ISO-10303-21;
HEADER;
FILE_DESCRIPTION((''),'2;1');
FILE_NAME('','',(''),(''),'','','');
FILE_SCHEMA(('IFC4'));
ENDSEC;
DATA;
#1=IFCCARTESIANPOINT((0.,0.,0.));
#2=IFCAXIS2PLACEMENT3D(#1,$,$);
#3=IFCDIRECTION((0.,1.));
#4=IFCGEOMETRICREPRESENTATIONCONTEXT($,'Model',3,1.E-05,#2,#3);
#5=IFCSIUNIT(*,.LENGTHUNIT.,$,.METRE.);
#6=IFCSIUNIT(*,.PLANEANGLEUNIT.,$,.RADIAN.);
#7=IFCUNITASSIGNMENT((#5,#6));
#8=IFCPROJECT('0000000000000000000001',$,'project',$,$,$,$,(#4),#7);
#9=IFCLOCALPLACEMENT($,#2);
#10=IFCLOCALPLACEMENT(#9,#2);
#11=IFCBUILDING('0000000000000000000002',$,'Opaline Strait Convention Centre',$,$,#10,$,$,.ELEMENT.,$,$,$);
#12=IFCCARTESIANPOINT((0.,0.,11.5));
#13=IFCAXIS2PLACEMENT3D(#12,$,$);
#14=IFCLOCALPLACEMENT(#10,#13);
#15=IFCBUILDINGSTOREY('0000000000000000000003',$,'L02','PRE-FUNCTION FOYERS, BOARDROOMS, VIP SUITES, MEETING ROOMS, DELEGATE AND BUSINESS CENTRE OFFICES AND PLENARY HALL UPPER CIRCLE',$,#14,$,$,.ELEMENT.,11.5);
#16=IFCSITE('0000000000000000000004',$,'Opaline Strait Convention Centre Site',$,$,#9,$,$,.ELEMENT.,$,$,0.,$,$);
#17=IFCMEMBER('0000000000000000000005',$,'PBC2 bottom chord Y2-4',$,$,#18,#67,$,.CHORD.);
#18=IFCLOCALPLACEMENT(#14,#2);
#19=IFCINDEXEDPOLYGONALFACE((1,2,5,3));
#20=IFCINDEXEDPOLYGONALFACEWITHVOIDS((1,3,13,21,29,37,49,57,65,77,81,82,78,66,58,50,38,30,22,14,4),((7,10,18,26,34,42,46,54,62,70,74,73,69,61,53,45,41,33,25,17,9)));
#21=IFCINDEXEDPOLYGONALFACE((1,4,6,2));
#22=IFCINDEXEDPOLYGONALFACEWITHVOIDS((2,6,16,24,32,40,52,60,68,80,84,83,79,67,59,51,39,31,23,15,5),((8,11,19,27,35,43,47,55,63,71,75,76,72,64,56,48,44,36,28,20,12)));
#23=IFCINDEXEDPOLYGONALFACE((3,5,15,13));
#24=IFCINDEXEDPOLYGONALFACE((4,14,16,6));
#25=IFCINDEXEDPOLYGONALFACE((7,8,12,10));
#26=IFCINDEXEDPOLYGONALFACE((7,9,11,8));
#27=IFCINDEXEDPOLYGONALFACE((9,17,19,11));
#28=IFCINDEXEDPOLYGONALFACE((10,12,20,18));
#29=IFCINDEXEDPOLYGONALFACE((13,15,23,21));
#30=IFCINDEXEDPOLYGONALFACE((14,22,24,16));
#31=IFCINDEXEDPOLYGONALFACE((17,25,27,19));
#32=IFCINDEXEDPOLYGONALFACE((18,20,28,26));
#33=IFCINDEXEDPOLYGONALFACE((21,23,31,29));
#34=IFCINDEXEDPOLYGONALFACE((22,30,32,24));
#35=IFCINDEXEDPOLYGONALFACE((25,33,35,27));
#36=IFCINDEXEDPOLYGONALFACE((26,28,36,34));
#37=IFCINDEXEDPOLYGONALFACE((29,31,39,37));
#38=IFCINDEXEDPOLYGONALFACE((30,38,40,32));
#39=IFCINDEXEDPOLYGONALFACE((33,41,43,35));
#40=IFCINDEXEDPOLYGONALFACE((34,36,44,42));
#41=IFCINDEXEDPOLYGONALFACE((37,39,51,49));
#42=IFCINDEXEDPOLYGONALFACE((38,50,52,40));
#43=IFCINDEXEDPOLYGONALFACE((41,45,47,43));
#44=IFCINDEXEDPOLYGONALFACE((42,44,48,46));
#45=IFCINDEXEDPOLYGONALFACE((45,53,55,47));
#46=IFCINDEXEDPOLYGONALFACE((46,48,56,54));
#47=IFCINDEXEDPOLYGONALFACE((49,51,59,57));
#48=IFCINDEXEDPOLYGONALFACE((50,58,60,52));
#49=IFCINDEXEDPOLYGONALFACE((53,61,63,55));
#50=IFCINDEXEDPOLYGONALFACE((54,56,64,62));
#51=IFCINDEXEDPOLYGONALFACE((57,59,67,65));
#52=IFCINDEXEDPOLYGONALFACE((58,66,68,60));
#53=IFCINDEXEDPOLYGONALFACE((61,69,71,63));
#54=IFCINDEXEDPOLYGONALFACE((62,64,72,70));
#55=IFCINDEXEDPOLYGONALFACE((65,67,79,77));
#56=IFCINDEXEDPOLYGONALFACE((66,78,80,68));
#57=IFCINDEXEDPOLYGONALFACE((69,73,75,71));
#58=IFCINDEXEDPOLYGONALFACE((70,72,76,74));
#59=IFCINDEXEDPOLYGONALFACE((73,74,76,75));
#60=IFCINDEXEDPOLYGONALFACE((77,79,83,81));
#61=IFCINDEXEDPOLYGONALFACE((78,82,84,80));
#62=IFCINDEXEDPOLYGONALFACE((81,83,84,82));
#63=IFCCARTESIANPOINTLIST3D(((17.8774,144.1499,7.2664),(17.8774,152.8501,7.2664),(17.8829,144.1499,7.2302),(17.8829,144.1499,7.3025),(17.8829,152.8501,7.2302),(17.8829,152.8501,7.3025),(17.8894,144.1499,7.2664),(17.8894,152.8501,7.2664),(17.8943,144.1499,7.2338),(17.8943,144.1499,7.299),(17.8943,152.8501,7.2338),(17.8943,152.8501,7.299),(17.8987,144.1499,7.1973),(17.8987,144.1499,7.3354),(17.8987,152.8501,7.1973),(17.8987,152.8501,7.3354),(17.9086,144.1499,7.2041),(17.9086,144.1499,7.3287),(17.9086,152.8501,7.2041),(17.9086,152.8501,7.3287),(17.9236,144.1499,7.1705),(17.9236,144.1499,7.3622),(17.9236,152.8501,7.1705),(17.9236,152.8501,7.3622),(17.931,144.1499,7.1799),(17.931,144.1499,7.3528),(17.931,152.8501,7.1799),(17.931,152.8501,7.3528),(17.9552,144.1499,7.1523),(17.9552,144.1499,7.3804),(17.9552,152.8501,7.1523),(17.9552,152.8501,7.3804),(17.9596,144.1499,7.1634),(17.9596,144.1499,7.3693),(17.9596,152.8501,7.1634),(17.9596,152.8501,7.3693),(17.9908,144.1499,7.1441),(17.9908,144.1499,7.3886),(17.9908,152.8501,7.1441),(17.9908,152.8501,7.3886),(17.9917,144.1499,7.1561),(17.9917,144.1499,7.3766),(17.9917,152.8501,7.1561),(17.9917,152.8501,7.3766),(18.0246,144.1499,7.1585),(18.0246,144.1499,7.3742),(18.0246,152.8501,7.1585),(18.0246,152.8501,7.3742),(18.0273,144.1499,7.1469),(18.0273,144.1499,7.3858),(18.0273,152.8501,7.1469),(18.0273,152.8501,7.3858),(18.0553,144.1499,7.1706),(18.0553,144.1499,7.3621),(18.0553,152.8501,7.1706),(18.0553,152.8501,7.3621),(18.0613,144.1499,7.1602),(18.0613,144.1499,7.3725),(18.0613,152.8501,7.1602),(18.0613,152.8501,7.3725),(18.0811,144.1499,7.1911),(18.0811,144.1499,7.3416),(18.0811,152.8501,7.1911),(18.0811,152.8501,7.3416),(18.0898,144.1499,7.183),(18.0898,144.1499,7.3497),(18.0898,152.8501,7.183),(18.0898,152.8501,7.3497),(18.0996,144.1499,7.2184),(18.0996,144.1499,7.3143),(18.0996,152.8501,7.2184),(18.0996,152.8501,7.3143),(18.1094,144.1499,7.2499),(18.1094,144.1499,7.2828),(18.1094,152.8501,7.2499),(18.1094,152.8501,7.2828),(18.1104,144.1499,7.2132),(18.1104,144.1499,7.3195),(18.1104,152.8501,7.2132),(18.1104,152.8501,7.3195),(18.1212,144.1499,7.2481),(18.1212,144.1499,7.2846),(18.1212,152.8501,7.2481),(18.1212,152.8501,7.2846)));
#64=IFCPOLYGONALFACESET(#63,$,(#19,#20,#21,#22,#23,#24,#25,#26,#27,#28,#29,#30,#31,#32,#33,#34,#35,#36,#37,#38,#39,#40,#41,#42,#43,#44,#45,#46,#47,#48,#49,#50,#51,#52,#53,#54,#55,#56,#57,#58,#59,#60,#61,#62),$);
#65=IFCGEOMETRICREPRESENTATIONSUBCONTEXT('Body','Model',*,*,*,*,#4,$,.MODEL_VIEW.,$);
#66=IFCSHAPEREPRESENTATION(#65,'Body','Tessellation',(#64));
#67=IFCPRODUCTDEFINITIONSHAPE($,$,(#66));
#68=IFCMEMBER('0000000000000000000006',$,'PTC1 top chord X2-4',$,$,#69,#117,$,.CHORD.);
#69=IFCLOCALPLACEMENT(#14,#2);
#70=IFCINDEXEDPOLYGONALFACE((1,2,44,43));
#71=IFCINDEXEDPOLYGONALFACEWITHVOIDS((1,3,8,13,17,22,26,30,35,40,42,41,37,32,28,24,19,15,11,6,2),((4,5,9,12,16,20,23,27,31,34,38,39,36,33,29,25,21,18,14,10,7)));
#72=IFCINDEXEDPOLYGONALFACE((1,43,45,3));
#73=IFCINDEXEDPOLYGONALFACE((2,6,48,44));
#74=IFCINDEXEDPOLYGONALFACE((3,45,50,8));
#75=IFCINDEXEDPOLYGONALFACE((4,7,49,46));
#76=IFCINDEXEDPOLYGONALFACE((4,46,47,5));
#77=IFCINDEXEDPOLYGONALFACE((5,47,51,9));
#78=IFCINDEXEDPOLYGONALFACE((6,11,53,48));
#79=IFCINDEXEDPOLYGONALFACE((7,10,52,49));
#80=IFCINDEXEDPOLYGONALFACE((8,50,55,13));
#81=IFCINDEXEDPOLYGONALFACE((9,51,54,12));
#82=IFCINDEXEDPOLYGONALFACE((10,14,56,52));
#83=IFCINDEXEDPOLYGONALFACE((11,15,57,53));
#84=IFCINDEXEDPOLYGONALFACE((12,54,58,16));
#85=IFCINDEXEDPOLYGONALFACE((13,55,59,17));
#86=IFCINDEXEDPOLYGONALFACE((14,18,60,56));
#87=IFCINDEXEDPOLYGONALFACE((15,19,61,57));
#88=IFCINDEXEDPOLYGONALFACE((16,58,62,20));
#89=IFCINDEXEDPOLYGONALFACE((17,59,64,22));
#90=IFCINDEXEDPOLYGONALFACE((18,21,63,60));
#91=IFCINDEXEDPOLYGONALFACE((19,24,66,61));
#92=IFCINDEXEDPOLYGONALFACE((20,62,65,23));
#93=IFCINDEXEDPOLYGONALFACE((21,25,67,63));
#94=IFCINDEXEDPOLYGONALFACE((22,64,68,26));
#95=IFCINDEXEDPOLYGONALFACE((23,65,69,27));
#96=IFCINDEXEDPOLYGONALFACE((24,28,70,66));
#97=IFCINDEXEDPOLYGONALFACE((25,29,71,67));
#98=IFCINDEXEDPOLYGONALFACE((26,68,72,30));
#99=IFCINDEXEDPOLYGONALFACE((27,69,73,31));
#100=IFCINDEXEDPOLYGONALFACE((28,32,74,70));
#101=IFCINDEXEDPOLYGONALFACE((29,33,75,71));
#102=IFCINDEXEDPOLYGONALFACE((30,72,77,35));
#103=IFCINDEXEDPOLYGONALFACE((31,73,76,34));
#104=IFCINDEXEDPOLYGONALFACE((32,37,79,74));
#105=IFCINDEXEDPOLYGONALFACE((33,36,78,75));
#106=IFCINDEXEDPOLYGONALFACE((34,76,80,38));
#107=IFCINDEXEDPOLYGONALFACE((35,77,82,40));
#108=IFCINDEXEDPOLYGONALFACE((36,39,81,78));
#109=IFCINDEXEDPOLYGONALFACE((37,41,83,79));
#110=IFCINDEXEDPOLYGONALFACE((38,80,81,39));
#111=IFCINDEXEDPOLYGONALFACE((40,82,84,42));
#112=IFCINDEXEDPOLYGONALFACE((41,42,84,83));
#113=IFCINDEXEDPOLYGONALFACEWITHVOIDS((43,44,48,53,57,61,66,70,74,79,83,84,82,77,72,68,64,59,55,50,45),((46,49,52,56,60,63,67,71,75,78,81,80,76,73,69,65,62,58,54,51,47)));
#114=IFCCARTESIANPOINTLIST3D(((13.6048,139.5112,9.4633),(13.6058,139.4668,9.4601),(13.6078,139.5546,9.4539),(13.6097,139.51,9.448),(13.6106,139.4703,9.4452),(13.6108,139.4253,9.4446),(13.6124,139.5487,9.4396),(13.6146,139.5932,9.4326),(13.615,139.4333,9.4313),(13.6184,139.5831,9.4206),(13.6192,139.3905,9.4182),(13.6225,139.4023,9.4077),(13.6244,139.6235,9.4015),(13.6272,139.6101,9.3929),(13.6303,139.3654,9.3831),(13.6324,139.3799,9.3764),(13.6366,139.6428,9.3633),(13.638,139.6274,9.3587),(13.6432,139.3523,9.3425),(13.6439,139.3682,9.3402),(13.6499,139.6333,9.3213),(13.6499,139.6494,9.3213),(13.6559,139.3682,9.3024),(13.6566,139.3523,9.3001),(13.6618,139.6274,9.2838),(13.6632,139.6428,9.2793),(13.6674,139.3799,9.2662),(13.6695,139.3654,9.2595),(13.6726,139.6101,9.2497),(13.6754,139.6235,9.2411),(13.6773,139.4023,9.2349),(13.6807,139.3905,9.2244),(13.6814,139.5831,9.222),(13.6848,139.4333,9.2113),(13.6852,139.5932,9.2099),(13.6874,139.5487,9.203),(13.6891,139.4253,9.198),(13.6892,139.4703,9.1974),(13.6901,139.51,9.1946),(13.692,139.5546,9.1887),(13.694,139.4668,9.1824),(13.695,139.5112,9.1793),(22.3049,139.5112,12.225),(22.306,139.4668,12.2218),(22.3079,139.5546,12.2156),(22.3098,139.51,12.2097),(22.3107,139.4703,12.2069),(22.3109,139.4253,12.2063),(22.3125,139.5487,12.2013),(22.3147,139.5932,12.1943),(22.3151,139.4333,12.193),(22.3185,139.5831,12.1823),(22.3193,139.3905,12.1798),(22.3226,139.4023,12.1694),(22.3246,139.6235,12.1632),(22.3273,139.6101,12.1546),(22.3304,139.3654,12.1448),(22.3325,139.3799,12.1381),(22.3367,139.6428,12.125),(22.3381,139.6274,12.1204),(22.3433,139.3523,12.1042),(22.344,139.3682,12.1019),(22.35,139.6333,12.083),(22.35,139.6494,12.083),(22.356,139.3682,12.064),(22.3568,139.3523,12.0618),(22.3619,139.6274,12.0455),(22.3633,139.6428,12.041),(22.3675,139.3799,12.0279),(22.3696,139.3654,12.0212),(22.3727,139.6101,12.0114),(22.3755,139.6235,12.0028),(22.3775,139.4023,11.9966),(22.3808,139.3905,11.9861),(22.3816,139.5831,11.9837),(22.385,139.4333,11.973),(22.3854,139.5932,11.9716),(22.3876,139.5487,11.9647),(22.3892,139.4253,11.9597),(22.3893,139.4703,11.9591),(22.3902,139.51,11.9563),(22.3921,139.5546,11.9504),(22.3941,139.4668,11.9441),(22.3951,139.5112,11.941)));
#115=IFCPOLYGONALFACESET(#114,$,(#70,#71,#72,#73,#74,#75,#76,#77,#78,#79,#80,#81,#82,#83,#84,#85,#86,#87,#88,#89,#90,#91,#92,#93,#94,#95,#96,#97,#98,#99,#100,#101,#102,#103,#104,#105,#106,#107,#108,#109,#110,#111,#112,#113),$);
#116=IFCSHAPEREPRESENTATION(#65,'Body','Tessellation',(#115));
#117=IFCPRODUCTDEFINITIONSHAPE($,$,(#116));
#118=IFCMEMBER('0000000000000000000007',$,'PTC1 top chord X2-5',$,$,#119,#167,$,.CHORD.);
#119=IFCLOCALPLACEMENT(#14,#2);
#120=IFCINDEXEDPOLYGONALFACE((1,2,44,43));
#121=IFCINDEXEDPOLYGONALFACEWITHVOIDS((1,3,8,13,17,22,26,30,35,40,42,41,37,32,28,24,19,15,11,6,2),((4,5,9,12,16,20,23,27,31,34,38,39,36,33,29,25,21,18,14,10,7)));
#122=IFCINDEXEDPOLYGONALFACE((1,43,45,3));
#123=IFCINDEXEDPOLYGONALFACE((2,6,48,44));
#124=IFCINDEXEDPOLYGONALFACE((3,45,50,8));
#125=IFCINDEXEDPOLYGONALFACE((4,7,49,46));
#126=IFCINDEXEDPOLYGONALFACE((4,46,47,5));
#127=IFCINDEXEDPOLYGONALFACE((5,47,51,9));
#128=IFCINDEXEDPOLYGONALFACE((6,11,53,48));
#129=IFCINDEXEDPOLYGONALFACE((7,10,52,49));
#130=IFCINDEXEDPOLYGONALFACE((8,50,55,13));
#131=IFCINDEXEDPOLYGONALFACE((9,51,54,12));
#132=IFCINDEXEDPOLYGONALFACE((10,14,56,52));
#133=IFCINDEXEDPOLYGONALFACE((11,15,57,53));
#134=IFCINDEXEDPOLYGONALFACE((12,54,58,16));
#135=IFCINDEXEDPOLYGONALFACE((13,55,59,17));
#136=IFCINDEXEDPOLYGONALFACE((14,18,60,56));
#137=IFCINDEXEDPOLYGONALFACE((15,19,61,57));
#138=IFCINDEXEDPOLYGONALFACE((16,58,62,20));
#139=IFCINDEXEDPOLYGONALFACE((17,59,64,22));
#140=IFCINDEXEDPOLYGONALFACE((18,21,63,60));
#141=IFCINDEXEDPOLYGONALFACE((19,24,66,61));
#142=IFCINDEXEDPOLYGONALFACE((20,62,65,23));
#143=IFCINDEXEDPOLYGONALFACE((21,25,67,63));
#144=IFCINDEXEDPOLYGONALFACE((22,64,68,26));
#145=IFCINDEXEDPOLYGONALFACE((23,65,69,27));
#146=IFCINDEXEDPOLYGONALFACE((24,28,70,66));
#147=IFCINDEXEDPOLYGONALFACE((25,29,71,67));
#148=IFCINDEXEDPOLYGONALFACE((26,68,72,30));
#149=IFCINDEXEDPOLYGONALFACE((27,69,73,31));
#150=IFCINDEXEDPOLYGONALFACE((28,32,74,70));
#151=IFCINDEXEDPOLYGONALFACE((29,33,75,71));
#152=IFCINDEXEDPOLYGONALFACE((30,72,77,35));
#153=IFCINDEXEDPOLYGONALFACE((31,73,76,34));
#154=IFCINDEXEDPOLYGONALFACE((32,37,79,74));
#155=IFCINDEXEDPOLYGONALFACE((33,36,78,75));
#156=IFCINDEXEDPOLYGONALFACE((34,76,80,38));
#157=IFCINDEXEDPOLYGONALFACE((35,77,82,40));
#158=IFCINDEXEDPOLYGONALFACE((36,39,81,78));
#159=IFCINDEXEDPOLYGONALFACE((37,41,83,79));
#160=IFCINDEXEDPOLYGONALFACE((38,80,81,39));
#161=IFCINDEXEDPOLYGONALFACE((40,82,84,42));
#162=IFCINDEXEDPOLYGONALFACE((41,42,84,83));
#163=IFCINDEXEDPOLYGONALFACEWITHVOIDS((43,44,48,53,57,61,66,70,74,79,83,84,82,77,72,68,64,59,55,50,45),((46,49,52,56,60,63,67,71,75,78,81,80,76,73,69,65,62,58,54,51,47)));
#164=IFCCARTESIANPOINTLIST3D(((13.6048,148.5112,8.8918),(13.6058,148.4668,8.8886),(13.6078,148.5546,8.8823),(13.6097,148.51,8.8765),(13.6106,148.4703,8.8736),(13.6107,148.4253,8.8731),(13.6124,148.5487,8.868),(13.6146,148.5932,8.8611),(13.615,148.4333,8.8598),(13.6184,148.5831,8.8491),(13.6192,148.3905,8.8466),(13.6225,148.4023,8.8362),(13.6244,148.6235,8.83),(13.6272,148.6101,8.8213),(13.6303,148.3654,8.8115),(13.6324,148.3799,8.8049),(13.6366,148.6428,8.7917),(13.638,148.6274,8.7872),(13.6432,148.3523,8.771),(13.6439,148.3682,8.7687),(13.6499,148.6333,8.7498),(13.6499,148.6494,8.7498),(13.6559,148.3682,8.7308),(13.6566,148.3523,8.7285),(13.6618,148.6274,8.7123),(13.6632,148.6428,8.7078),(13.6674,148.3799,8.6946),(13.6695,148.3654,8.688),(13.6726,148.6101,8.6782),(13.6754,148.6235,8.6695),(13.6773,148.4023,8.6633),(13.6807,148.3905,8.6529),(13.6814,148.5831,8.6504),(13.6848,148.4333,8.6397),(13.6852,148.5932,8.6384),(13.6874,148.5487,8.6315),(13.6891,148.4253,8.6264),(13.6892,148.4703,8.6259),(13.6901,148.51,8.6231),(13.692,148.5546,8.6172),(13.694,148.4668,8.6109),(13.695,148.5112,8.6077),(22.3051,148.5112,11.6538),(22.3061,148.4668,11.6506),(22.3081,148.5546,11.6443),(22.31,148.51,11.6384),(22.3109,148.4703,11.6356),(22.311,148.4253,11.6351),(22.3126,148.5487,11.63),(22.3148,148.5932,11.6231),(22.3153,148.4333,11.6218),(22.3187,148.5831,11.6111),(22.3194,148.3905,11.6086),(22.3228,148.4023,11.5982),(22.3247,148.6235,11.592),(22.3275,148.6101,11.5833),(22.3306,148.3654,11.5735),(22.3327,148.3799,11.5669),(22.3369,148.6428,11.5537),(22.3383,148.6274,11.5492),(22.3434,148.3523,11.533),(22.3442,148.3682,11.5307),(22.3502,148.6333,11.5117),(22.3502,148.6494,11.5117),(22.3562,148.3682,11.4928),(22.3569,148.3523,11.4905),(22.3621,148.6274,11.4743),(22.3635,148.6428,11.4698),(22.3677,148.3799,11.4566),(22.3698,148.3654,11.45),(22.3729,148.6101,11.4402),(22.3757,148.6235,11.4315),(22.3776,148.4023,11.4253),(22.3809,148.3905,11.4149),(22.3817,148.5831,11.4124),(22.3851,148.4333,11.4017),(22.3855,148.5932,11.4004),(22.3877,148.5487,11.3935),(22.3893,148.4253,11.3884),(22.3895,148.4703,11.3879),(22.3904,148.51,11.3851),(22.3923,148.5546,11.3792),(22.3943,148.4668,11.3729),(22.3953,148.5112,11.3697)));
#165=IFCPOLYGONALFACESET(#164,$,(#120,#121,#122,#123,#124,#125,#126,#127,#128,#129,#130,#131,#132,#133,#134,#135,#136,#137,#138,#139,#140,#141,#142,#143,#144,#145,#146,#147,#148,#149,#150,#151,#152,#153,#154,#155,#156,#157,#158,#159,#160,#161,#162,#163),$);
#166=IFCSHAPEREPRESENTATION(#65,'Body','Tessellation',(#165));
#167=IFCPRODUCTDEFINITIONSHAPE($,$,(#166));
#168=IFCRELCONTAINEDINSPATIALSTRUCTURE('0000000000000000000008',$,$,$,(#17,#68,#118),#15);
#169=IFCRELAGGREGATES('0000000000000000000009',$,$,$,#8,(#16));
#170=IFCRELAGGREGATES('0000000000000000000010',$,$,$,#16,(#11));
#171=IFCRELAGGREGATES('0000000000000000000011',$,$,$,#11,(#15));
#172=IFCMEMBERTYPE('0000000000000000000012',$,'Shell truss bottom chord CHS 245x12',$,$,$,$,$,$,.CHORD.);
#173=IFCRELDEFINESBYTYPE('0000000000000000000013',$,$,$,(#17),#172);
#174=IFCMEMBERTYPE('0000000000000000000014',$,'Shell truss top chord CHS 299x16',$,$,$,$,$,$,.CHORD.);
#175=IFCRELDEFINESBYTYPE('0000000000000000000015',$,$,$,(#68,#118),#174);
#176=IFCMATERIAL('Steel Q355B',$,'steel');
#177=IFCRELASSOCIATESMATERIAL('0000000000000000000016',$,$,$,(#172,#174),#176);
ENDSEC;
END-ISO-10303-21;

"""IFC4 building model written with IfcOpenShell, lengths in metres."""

from ifc_helpers import new_model, si_unit, direction, frame, origin, origin_2d, place, context, subcontext, project, spatial, hollow_circle, extrude, material, material_profile, profile_set, type_object, element, save


model = new_model("IFC4")

# Units and contexts
model_context = context("Model", 3, precision=1e-05, world=origin(), true_north=direction((0.0, 1.0)))
body_context = subcontext(model_context, "Body", "Model", "MODEL_VIEW")
ifc_project = project(units=[si_unit("LENGTHUNIT", "METRE"), si_unit("PLANEANGLEUNIT", "RADIAN")], contexts=[model_context])

# Site, building, storey
site_placement = place(None, origin())
site = spatial("IfcSite", under=ifc_project, at=site_placement, Name="Opaline Strait Convention Centre Site", CompositionType="ELEMENT", RefElevation=0.0)
building_placement = place(site_placement, origin())
building = spatial("IfcBuilding", under=site, at=building_placement, Name="Opaline Strait Convention Centre", CompositionType="ELEMENT")
storey_placement = place(building_placement, frame((0.0, 0.0, 11.5)))
storey = spatial("IfcBuildingStorey", under=building, at=storey_placement, Name="L02", Description="PRE-FUNCTION FOYERS, BOARDROOMS, VIP SUITES, MEETING ROOMS, DELEGATE AND BUSINESS CENTRE OFFICES AND PLENARY HALL UPPER CIRCLE", CompositionType="ELEMENT", Elevation=11.5)

# Members
ifc_material_1 = material(Name="Steel Q355B", Category="steel")
ifc_material_profile_1 = material_profile(ifc_material_1, hollow_circle(Radius=0.1226, WallThickness=0.012, at=origin_2d()), Name="CHS 245x12")
ifc_profile_set_1 = profile_set([ifc_material_profile_1], Name="Steel Q355B")
member_type_1 = type_object("IfcMemberType", Name="Shell truss bottom chord CHS 245x12", PredefinedType="CHORD", material=ifc_profile_set_1)
member_1_placement = place(storey_placement, frame((18.0, 144.1499, 7.2664), z_axis=(0.0, 1.0, 0.0), x_axis=(-1.0, 0.0, 0.0)))
element("IfcMember", 1, at=member_1_placement, inside=storey, type_object=member_type_1, Name="PBC2 bottom chord Y2-4", PredefinedType="CHORD", context=body_context, shape_type="SweptSolid", body=[
    extrude(hollow_circle(Radius=0.1226, WallThickness=0.012, at=origin_2d()), origin(), (0.0, 0.0, 1.0), 8.7002),
])
ifc_material_profile_2 = material_profile(ifc_material_1, hollow_circle(Radius=0.1494, WallThickness=0.0161, at=origin_2d()), Name="CHS 299x16")
ifc_profile_set_2 = profile_set([ifc_material_profile_2], Name="Steel Q355B")
member_type_2 = type_object("IfcMemberType", Name="Shell truss top chord CHS 299x16", PredefinedType="CHORD", material=ifc_profile_set_2)
member_2_placement = place(storey_placement, frame((13.6499, 139.5, 9.3213), z_axis=(0.953132, 0.0, 0.302554), x_axis=(0.0, 1.0, 0.0)))
element("IfcMember", 2, at=member_2_placement, inside=storey, type_object=member_type_2, Name="PTC1 top chord X2-4", PredefinedType="CHORD", context=body_context, shape_type="SweptSolid", body=[
    extrude(hollow_circle(Radius=0.1494, WallThickness=0.0161, at=origin_2d()), origin(), (0.0, 0.0, 1.0), 9.1279),
])
member_3_placement = place(storey_placement, frame((13.6499, 148.5, 8.7498), z_axis=(0.953124, 0.0, 0.302579), x_axis=(0.0, 1.0, 0.0)))
element("IfcMember", 3, at=member_3_placement, inside=storey, type_object=member_type_2, Name="PTC1 top chord X2-5", PredefinedType="CHORD", context=body_context, shape_type="SweptSolid", body=[
    extrude(hollow_circle(Radius=0.1494, WallThickness=0.0161, at=origin_2d()), origin(), (0.0, 0.0, 1.0), 9.1282),
])

save(model, "model.ifc")
